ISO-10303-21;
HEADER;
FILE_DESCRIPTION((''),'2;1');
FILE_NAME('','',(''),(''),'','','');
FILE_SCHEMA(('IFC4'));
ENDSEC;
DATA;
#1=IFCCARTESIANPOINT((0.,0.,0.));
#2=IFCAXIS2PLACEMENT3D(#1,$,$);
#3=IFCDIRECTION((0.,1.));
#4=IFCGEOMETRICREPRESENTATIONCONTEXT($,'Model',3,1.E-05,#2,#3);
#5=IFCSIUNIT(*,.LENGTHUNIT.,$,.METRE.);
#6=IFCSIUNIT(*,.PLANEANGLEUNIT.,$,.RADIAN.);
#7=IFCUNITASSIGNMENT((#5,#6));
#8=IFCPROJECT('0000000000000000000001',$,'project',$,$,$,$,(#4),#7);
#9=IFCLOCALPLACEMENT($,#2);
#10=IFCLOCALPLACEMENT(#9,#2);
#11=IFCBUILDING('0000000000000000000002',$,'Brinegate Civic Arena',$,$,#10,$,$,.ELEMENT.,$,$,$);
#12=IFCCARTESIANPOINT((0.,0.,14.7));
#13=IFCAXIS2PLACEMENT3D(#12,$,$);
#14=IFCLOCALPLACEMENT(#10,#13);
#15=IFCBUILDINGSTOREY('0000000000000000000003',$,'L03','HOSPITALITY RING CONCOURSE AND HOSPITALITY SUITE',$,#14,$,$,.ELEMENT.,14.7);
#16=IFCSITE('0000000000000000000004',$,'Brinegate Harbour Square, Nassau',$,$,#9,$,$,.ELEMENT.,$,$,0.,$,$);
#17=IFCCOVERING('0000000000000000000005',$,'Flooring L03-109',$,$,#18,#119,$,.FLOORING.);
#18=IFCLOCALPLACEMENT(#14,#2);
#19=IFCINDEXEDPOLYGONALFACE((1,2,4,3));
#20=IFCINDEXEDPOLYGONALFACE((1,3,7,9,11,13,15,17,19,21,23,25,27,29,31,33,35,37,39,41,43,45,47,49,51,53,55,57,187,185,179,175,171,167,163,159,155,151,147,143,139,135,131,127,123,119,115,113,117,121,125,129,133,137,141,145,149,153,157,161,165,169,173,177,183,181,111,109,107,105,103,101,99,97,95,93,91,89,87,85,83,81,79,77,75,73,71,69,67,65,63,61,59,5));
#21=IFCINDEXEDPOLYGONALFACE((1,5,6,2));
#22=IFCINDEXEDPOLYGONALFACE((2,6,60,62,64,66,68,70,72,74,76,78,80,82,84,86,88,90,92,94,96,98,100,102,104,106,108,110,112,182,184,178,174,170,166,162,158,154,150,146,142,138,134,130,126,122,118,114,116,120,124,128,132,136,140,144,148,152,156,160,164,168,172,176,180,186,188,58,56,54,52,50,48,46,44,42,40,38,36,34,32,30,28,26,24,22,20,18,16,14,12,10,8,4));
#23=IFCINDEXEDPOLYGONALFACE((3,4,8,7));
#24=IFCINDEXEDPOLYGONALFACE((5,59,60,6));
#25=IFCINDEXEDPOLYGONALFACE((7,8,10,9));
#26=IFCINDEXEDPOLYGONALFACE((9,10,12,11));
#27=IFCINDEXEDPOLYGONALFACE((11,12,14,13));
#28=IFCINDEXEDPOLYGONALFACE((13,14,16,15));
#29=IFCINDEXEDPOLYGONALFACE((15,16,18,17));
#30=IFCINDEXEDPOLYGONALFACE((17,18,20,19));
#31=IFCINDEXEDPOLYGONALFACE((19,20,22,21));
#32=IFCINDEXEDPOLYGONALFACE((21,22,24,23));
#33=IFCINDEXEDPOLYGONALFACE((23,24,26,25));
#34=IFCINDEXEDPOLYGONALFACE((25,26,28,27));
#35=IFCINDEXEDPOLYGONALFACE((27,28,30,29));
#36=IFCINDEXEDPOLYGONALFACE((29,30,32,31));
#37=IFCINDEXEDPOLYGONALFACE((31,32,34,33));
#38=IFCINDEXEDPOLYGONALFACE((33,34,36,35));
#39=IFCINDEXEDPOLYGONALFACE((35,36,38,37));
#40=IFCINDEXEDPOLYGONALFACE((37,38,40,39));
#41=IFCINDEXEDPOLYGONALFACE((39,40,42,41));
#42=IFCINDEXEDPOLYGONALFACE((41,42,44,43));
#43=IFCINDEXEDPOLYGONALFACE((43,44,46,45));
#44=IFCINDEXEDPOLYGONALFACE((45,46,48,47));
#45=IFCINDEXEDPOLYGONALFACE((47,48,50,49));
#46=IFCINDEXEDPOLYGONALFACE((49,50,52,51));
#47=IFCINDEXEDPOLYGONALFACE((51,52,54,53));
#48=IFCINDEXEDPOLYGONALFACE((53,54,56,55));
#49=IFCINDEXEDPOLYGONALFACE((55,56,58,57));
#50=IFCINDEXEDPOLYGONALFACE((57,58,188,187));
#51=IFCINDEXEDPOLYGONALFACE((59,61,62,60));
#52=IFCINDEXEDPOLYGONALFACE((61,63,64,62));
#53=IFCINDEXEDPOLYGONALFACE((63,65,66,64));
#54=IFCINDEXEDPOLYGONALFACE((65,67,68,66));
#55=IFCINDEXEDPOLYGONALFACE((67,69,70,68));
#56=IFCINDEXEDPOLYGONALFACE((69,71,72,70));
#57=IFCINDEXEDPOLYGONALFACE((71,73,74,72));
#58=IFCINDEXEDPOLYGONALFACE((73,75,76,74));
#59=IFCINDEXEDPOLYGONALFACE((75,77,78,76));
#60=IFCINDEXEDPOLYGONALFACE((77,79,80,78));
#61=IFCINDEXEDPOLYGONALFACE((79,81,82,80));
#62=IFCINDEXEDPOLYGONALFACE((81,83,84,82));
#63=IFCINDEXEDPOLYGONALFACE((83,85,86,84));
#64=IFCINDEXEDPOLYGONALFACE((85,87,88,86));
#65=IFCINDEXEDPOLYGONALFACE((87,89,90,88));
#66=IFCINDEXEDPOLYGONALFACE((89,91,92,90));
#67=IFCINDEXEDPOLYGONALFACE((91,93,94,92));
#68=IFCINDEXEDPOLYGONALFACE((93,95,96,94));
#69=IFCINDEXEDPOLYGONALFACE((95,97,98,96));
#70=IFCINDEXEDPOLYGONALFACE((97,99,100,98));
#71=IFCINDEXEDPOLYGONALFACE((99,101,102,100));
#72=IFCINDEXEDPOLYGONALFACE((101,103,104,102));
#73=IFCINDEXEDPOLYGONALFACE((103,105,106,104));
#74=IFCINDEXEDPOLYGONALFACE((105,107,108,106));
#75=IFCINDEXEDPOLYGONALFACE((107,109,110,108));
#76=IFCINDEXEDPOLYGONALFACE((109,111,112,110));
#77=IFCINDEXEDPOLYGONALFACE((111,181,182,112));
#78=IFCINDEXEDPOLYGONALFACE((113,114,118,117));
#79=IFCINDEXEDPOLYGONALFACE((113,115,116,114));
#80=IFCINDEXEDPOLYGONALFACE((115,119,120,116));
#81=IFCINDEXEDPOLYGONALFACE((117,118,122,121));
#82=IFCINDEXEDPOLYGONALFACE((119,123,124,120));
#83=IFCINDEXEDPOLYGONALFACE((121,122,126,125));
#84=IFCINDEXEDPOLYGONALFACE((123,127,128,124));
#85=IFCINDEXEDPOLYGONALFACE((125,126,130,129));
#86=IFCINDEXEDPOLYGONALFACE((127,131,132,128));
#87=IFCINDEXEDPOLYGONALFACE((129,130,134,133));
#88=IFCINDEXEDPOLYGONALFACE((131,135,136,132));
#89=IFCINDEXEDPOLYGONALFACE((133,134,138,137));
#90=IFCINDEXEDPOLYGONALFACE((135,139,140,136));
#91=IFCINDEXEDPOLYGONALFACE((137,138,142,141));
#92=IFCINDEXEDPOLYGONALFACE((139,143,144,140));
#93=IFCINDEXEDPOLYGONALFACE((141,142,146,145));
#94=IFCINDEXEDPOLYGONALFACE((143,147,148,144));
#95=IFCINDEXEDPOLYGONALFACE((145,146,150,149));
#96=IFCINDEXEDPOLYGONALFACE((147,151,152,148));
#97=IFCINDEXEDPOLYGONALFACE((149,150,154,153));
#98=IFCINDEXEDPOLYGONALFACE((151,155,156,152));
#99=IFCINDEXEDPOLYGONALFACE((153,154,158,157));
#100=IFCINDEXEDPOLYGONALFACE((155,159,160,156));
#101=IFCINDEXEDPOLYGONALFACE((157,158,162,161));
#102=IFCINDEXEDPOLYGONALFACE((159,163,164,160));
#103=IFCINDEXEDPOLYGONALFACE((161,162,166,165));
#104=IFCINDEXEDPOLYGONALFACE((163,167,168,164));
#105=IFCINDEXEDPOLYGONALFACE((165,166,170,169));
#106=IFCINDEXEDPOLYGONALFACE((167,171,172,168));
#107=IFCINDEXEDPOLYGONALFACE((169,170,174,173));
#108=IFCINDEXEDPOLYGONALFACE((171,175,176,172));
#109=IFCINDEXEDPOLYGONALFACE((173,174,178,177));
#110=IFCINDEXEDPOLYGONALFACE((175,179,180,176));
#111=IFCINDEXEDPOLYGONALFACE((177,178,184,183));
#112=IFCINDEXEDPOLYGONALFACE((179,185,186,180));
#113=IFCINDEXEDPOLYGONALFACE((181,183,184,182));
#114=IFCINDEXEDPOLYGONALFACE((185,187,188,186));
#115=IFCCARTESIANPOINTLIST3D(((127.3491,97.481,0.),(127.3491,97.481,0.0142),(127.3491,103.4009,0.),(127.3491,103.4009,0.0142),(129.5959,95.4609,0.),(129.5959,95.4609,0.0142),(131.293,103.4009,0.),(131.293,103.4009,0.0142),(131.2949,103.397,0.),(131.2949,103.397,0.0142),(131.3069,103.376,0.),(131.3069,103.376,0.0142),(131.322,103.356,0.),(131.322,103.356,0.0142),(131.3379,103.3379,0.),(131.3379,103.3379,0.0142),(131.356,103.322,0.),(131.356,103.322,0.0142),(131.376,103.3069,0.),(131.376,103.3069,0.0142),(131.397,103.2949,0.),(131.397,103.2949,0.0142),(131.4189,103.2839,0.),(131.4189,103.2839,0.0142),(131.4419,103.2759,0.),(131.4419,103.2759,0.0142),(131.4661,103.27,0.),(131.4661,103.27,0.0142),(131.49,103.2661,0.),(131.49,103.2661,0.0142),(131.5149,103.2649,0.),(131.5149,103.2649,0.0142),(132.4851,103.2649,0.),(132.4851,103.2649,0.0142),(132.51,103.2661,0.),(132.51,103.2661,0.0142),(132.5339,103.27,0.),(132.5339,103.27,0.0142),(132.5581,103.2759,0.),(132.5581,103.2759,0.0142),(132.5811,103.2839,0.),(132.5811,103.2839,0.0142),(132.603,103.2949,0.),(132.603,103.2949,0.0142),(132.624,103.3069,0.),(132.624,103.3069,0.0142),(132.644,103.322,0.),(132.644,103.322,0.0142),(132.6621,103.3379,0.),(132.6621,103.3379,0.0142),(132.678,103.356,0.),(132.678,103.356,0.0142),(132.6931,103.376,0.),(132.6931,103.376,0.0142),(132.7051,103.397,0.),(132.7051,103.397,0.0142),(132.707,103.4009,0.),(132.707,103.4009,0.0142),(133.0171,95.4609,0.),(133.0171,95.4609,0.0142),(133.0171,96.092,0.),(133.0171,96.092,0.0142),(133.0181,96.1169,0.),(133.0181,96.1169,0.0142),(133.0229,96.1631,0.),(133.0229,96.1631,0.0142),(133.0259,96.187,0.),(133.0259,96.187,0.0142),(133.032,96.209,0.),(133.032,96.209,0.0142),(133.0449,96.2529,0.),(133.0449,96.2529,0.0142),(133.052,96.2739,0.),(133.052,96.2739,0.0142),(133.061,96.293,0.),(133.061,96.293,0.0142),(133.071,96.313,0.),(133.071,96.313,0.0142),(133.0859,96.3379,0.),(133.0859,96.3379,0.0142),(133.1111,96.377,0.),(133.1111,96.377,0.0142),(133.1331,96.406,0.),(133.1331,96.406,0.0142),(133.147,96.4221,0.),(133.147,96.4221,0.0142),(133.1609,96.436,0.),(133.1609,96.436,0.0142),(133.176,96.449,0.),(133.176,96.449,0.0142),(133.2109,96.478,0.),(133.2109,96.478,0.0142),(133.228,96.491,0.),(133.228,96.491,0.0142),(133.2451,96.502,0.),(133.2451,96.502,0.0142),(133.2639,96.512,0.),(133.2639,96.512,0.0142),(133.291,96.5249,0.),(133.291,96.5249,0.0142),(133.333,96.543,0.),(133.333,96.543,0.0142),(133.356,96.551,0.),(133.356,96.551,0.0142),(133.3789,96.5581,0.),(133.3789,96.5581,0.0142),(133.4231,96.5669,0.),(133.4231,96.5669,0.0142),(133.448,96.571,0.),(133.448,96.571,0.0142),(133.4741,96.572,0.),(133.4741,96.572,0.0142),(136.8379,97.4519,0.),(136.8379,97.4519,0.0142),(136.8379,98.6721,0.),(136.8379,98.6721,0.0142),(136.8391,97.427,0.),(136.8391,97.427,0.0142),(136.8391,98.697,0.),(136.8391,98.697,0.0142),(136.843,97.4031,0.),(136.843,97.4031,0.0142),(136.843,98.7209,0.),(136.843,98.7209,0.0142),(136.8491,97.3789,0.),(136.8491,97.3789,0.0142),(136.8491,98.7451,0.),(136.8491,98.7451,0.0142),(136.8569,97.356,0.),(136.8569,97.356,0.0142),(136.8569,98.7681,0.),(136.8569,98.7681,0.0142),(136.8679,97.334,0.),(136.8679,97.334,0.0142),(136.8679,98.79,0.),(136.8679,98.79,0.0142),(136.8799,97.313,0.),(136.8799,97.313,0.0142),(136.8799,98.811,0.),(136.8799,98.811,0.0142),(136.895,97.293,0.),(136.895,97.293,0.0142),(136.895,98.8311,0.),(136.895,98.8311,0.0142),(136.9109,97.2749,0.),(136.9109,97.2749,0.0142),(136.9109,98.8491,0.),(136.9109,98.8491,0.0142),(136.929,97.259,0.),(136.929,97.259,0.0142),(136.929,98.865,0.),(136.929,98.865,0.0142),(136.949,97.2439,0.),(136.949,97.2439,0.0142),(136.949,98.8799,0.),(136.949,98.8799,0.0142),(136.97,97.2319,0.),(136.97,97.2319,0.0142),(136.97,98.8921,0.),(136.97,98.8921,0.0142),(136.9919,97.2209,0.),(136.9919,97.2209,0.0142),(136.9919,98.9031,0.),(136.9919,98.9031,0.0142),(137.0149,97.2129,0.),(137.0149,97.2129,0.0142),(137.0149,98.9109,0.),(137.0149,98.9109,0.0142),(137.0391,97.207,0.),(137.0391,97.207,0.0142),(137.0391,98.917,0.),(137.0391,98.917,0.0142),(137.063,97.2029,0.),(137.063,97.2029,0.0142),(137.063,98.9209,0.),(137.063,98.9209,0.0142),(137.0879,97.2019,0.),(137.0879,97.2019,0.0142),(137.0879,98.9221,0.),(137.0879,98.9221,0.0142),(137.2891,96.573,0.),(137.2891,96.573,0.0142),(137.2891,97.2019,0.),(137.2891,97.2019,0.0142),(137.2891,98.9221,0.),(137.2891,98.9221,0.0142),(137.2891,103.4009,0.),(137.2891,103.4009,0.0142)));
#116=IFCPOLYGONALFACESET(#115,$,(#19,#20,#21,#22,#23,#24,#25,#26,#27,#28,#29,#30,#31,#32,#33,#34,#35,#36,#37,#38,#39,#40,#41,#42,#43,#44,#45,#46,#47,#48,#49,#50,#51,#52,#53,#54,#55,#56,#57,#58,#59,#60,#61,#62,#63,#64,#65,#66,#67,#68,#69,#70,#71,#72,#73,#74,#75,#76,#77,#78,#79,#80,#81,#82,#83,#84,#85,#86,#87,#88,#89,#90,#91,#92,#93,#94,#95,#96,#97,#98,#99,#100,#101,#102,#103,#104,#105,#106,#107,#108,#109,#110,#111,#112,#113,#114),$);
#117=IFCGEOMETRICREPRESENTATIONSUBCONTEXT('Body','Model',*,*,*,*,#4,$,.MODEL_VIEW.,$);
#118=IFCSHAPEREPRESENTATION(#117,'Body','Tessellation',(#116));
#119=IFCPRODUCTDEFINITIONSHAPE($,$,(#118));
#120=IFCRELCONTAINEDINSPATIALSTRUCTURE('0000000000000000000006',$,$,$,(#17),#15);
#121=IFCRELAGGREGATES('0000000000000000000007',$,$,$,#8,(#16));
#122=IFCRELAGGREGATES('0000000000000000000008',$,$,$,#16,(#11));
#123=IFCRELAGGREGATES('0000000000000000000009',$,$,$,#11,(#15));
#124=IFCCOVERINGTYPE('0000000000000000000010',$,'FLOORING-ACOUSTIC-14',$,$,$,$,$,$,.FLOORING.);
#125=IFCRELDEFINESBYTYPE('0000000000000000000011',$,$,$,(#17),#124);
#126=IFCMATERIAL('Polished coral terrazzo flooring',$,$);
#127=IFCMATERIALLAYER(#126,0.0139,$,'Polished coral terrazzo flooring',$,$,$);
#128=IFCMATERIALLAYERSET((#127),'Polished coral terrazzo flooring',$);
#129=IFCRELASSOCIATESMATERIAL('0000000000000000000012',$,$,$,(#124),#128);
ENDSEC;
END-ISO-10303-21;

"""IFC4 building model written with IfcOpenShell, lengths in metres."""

from ifc_helpers import new_model, si_unit, direction, frame, origin, place, context, subcontext, project, spatial, polyline, outline, extrude, material, layer, layer_set, type_object, element, save


model = new_model("IFC4")

# Units and contexts
model_context = context("Model", 3, precision=1e-05, world=origin(), true_north=direction((0.0, 1.0)))
body_context = subcontext(model_context, "Body", "Model", "MODEL_VIEW")
ifc_project = project(units=[si_unit("LENGTHUNIT", "METRE"), si_unit("PLANEANGLEUNIT", "RADIAN")], contexts=[model_context])

# Site, building, storey
site_placement = place(None, origin())
site = spatial("IfcSite", under=ifc_project, at=site_placement, Name="Brinegate Harbour Square, Nassau", CompositionType="ELEMENT", RefElevation=0.0)
building_placement = place(site_placement, origin())
building = spatial("IfcBuilding", under=site, at=building_placement, Name="Brinegate Civic Arena", CompositionType="ELEMENT")
storey_placement = place(building_placement, frame((0.0, 0.0, 14.7)))
storey = spatial("IfcBuildingStorey", under=building, at=storey_placement, Name="L03", Description="HOSPITALITY RING CONCOURSE AND HOSPITALITY SUITE", CompositionType="ELEMENT", Elevation=14.7)

# Covering
ifc_material_1 = material(Name="Polished coral terrazzo flooring")
ifc_layer_1 = layer(ifc_material_1, 0.0139, Name="Polished coral terrazzo flooring")
ifc_layer_set_1 = layer_set([ifc_layer_1], Name="Polished coral terrazzo flooring")
covering_type_1 = type_object("IfcCoveringType", Name="FLOORING-ACOUSTIC-14", PredefinedType="FLOORING", material=ifc_layer_set_1)
covering_1_placement = place(storey_placement, origin())
element("IfcCovering", 1, at=covering_1_placement, inside=storey, type_object=covering_type_1, Name="Flooring L03-109", PredefinedType="FLOORING", context=body_context, shape_type="SweptSolid", body=[
    extrude(outline(polyline([(127.3491, 103.4009), (131.293, 103.4009), (131.2949, 103.397), (131.3069, 103.376), (131.322, 103.356), (131.3379, 103.3379), (131.356, 103.322), (131.376, 103.3069), (131.397, 103.2949), (131.4189, 103.2839), (131.4419, 103.2759), (131.4661, 103.27), (131.49, 103.2661), (131.5149, 103.2649), (132.4851, 103.2649), (132.51, 103.2661), (132.5339, 103.27), (132.5581, 103.2759), (132.5811, 103.2839), (132.603, 103.2949), (132.624, 103.3069), (132.644, 103.322), (132.6621, 103.3379), (132.678, 103.356), (132.6931, 103.376), (132.7051, 103.397), (132.707, 103.4009), (137.2891, 103.4009), (137.2891, 98.9221), (137.0879, 98.9221), (137.063, 98.9209), (137.0391, 98.917), (137.0149, 98.9109), (136.9919, 98.9031), (136.97, 98.8921), (136.949, 98.8799), (136.929, 98.865), (136.9109, 98.8491), (136.895, 98.8311), (136.8799, 98.811), (136.8679, 98.79), (136.8569, 98.7681), (136.8491, 98.7451), (136.843, 98.7209), (136.8391, 98.697), (136.8379, 98.6721), (136.8379, 97.4519), (136.8391, 97.427), (136.843, 97.4031), (136.8491, 97.3789), (136.8569, 97.356), (136.8679, 97.334), (136.8799, 97.313), (136.895, 97.293), (136.9109, 97.2749), (136.929, 97.259), (136.949, 97.2439), (136.97, 97.2319), (136.9919, 97.2209), (137.0149, 97.2129), (137.0391, 97.207), (137.063, 97.2029), (137.0879, 97.2019), (137.2891, 97.2019), (137.2891, 96.573), (133.4741, 96.572), (133.448, 96.571), (133.4231, 96.5669), (133.3789, 96.5581), (133.356, 96.551), (133.333, 96.543), (133.291, 96.5249), (133.2639, 96.512), (133.2451, 96.502), (133.228, 96.491), (133.2109, 96.478), (133.176, 96.449), (133.1609, 96.436), (133.147, 96.4221), (133.1331, 96.406), (133.1111, 96.377), (133.0859, 96.3379), (133.071, 96.313), (133.061, 96.293), (133.052, 96.2739), (133.0449, 96.2529), (133.032, 96.209), (133.0259, 96.187), (133.0229, 96.1631), (133.0181, 96.1169), (133.0171, 96.092), (133.0171, 95.4609), (129.5959, 95.4609), (127.3491, 97.481), (127.3491, 103.4009)])), origin(), (0.0, 0.0, 1.0), 0.0142),
])

save(model, "model.ifc")
